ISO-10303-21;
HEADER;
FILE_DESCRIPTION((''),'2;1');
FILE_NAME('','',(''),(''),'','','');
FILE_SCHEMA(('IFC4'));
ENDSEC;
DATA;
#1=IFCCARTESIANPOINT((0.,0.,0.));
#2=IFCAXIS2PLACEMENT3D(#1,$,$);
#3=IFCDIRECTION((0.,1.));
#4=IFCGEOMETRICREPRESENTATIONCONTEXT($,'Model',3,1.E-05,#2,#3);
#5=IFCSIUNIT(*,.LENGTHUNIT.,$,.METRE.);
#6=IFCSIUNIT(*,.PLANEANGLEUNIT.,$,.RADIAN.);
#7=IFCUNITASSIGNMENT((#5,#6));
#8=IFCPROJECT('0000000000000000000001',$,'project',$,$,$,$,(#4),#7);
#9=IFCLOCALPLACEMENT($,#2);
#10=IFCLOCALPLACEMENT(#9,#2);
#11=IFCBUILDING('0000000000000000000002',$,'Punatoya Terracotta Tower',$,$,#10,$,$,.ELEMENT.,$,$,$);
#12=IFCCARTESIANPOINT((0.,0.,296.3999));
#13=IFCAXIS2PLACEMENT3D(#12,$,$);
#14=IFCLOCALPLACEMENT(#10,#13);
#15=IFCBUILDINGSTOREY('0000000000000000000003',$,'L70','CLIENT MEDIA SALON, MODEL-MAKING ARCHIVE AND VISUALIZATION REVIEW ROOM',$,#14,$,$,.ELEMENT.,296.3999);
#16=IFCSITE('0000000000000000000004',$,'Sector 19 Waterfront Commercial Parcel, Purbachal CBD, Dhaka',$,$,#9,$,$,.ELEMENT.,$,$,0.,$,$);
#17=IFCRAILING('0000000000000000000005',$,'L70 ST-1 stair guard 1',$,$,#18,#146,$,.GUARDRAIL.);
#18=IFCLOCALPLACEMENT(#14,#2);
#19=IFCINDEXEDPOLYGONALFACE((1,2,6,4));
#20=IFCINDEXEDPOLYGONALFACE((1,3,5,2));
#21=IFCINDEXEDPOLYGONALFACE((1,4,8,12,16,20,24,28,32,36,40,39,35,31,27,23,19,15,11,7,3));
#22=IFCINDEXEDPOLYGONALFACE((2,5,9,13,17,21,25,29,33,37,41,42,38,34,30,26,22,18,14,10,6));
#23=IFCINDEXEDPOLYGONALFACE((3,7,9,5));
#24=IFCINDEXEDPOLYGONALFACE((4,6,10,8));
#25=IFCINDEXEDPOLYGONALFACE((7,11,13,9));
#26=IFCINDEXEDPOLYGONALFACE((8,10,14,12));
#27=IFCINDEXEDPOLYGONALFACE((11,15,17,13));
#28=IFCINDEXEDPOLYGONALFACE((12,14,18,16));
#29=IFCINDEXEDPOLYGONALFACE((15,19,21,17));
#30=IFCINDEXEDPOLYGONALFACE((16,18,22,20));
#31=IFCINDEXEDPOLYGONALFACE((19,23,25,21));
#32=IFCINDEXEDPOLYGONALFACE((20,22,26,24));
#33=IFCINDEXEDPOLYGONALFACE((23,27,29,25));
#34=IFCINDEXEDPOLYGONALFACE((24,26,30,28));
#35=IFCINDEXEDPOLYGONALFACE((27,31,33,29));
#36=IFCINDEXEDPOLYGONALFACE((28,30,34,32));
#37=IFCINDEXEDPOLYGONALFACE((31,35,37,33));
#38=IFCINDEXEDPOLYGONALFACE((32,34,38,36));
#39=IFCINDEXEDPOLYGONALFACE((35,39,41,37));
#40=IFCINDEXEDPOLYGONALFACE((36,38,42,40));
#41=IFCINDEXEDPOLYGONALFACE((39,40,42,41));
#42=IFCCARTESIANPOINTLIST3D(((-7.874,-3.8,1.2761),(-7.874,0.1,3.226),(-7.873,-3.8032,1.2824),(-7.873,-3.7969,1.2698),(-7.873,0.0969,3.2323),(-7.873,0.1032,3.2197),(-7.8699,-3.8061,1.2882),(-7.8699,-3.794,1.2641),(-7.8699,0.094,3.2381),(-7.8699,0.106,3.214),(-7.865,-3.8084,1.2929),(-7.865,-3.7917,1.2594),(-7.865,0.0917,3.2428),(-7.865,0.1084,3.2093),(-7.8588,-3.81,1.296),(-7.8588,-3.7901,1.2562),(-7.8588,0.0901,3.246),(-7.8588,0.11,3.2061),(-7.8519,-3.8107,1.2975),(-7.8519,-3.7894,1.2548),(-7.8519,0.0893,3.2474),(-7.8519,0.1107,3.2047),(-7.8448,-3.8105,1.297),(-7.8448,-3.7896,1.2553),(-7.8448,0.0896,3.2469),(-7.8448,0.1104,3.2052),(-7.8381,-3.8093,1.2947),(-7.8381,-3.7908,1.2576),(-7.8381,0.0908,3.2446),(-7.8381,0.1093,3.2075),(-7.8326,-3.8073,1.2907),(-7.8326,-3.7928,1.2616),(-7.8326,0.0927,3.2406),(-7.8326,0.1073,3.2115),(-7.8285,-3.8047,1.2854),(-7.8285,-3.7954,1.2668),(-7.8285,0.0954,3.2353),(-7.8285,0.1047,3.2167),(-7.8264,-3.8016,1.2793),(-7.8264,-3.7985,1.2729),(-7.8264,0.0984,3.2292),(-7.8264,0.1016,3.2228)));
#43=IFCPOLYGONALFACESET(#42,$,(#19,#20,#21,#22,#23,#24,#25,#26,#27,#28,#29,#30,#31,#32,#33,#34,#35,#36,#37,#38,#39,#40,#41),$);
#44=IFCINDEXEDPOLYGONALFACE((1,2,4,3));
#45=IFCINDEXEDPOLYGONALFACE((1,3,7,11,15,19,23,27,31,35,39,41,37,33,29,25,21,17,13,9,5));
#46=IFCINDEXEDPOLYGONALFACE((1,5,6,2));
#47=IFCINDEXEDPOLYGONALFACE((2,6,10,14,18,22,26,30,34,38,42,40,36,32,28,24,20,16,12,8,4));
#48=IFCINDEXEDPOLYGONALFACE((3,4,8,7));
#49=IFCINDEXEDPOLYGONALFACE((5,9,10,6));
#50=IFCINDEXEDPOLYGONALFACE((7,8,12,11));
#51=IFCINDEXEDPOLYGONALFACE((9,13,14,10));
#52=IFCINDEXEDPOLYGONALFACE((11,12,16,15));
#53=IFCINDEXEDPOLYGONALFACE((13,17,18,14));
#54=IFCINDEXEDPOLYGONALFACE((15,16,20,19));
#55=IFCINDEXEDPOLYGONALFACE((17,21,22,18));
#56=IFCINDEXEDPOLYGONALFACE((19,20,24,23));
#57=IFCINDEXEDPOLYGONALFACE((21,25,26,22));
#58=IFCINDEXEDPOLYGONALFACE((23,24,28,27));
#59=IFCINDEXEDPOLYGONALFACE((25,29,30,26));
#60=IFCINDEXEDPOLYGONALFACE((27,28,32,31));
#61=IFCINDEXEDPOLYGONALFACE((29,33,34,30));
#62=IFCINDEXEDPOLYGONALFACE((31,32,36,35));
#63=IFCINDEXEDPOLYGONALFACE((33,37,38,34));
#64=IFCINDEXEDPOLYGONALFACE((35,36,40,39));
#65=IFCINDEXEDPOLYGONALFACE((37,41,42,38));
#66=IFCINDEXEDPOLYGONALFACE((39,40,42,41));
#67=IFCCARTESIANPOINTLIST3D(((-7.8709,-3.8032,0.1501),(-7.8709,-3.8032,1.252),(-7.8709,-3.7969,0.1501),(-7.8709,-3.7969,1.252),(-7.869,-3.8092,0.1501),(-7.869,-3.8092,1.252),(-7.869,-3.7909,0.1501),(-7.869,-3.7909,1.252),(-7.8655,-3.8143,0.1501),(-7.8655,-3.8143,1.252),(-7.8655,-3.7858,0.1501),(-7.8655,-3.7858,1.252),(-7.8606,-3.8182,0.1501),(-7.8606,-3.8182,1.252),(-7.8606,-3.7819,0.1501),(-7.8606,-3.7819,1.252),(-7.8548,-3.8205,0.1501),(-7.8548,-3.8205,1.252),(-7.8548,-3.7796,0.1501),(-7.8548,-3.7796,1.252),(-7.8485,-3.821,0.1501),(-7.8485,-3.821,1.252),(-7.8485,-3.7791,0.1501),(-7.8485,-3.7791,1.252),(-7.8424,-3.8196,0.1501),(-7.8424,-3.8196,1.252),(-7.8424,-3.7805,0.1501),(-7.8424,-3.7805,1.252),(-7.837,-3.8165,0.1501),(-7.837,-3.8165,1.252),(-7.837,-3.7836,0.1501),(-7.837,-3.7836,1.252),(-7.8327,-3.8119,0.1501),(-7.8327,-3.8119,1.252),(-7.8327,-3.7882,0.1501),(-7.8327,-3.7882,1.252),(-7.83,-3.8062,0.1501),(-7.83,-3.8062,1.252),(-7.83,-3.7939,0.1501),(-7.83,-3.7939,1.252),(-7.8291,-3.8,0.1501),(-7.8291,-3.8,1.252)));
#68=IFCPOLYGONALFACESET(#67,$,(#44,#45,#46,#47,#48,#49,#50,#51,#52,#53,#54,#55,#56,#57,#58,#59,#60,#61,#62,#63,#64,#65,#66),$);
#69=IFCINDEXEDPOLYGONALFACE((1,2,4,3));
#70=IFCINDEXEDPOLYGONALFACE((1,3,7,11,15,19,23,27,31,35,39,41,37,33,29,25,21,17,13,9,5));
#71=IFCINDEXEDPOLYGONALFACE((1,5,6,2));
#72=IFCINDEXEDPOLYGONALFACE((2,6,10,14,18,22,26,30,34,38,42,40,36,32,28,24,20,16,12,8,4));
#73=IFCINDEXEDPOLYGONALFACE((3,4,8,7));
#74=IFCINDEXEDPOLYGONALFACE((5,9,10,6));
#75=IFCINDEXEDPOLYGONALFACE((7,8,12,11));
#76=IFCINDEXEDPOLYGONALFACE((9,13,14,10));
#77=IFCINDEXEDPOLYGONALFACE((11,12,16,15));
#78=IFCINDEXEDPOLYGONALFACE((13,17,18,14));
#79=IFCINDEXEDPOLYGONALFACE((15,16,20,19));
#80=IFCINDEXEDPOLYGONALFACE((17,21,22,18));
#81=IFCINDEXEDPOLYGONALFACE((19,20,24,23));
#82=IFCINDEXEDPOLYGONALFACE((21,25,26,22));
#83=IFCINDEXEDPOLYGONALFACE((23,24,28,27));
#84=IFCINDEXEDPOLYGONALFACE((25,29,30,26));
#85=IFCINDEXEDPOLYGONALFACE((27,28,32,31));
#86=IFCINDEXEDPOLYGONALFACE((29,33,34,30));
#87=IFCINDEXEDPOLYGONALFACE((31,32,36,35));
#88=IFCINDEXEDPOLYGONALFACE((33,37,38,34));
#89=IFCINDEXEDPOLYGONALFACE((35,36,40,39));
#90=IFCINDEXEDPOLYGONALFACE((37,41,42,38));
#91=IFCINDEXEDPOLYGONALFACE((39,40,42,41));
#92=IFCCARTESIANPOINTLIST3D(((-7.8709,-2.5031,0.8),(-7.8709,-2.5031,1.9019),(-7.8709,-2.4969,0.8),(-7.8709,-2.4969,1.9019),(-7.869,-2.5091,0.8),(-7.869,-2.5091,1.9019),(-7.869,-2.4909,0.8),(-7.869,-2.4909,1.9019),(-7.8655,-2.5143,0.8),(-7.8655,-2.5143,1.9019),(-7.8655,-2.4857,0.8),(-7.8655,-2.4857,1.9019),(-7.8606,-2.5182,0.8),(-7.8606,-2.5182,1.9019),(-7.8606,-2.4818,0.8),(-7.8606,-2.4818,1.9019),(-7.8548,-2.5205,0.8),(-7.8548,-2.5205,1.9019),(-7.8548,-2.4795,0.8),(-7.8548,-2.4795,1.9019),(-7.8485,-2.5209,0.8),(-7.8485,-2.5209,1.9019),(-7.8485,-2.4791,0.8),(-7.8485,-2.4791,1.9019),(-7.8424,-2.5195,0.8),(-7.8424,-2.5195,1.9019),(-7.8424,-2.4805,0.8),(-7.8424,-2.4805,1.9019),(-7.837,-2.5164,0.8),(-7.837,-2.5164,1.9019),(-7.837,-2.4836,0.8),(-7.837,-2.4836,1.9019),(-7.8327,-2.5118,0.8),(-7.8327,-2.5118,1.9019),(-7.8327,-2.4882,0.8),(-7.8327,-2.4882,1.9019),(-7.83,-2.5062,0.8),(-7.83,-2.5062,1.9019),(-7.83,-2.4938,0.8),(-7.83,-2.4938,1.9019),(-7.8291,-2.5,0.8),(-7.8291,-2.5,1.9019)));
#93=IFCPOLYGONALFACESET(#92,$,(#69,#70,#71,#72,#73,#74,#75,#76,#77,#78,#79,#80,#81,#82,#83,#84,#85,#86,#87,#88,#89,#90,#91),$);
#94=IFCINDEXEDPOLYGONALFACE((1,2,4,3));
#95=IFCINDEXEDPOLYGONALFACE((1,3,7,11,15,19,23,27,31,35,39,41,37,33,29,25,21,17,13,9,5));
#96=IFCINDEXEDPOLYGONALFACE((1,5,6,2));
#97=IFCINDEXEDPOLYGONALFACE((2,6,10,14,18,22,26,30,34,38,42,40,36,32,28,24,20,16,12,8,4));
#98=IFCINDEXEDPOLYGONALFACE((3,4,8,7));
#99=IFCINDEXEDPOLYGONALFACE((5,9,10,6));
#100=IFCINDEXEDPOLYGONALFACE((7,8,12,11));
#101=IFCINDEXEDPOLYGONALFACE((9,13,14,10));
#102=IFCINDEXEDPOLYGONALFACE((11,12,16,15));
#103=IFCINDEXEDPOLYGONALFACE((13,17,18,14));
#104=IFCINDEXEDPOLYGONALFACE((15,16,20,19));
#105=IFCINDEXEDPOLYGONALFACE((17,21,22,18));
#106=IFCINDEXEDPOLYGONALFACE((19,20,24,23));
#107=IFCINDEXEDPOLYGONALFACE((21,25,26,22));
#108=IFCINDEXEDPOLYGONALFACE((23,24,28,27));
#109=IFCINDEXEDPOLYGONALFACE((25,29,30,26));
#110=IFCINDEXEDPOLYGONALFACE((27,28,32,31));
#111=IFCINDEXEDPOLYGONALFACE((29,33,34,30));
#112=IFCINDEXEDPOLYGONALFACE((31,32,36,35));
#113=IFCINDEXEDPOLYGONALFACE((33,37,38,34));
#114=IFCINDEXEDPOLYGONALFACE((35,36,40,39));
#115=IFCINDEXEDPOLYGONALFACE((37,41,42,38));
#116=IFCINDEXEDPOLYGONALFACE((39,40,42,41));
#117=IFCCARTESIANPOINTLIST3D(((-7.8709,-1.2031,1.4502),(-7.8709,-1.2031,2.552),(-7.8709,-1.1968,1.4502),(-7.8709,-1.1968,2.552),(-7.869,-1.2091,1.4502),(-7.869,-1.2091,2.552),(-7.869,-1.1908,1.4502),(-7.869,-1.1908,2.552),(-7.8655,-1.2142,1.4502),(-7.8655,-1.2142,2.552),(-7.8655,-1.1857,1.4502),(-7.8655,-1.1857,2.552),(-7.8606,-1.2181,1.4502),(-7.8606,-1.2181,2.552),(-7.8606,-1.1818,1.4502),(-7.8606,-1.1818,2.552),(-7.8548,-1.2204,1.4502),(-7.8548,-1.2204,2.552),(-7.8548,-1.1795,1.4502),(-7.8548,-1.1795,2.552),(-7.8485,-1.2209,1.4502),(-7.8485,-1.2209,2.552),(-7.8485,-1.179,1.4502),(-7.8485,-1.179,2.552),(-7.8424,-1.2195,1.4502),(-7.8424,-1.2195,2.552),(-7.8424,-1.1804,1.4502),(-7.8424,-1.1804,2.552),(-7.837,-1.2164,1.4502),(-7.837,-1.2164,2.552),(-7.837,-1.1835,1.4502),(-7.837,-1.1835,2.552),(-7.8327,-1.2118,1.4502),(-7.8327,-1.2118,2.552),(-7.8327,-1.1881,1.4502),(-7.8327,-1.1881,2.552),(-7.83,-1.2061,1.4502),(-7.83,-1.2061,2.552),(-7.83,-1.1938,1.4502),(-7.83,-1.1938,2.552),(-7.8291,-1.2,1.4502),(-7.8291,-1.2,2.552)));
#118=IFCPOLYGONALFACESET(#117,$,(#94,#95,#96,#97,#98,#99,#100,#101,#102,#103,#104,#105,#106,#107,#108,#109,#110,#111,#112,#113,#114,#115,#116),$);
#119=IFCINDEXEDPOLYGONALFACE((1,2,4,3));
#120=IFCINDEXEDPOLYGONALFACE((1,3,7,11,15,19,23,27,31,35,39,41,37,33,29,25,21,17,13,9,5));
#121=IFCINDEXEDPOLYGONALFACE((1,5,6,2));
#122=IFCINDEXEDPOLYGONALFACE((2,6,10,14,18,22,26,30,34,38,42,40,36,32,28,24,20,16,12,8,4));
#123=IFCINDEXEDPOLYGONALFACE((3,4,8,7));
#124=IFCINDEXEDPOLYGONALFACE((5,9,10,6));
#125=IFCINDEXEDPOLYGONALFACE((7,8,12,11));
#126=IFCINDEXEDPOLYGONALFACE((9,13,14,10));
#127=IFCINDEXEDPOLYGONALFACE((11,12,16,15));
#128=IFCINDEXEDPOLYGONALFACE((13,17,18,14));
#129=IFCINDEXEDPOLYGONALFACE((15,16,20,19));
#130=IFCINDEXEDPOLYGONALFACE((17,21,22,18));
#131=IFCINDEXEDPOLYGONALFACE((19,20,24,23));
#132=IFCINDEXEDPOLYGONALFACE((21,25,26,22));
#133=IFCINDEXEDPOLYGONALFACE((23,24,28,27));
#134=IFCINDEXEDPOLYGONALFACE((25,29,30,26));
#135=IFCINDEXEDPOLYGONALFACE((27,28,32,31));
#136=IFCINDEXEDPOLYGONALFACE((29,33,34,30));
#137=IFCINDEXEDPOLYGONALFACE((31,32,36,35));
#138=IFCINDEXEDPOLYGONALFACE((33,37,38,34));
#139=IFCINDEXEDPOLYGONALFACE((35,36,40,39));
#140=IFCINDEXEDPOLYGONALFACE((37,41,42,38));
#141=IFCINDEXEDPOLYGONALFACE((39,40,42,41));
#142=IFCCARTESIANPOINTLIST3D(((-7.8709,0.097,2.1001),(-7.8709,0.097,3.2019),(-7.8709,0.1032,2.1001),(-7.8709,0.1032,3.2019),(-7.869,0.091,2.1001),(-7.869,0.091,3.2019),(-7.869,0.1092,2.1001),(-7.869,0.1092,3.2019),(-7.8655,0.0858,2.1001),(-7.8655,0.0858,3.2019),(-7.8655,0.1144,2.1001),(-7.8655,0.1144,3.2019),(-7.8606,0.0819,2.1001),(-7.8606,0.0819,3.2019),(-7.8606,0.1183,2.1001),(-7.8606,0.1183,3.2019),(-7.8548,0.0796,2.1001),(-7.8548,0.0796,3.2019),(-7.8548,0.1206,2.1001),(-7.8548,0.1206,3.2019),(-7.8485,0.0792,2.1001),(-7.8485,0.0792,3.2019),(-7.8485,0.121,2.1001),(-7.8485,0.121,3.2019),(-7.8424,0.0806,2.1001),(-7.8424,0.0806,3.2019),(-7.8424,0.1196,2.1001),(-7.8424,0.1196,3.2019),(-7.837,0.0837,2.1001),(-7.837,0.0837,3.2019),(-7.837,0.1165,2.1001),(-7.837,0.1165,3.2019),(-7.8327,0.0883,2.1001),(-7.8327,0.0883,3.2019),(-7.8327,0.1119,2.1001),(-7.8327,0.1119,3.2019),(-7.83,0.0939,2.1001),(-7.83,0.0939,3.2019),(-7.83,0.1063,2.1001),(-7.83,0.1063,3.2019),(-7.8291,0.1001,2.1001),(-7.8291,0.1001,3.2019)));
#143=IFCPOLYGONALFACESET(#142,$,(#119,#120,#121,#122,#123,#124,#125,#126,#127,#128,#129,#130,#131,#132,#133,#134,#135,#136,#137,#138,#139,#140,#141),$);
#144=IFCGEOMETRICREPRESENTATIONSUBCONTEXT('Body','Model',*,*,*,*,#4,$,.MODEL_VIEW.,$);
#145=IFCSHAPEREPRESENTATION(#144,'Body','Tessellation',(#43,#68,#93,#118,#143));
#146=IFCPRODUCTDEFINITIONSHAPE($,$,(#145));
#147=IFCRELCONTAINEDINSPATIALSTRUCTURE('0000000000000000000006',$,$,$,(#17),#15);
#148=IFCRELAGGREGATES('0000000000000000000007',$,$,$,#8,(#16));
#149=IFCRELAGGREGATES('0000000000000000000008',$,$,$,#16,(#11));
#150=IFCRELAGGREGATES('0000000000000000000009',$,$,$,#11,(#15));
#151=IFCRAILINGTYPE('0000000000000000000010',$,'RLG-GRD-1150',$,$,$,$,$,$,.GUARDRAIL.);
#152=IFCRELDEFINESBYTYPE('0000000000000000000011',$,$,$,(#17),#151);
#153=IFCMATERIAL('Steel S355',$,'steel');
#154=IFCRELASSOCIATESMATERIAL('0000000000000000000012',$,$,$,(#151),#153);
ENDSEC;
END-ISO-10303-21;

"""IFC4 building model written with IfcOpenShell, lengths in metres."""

from ifc_helpers import new_model, si_unit, direction, frame, origin, origin_2d, place, context, subcontext, project, spatial, circle, extrude, material, type_object, element, save


model = new_model("IFC4")

# Units and contexts
model_context = context("Model", 3, precision=1e-05, world=origin(), true_north=direction((0.0, 1.0)))
body_context = subcontext(model_context, "Body", "Model", "MODEL_VIEW")
ifc_project = project(units=[si_unit("LENGTHUNIT", "METRE"), si_unit("PLANEANGLEUNIT", "RADIAN")], contexts=[model_context])

# Site, building, storey
site_placement = place(None, origin())
site = spatial("IfcSite", under=ifc_project, at=site_placement, Name="Sector 19 Waterfront Commercial Parcel, Purbachal CBD, Dhaka", CompositionType="ELEMENT", RefElevation=0.0)
building_placement = place(site_placement, origin())
building = spatial("IfcBuilding", under=site, at=building_placement, Name="Punatoya Terracotta Tower", CompositionType="ELEMENT")
storey_placement = place(building_placement, frame((0.0, 0.0, 296.3999)))
storey = spatial("IfcBuildingStorey", under=building, at=storey_placement, Name="L70", Description="CLIENT MEDIA SALON, MODEL-MAKING ARCHIVE AND VISUALIZATION REVIEW ROOM", CompositionType="ELEMENT", Elevation=296.3999)

# Shared definitions
ifc_material_1 = material(Name="Steel S355", Category="steel")

# Railing
railing_type_1 = type_object("IfcRailingType", Name="RLG-GRD-1150", PredefinedType="GUARDRAIL", material=ifc_material_1)
railing_1_placement = place(storey_placement, frame((-7.8501, -3.8, 0.1501)))
element("IfcRailing", 1, at=railing_1_placement, inside=storey, type_object=railing_type_1, Name="L70 ST-1 stair guard 1", PredefinedType="GUARDRAIL", context=body_context, shape_type="SweptSolid", body=[
    extrude(circle(Radius=0.0239, at=origin_2d()), frame((0.0, 0.0, 1.126), z_axis=(0.0, 0.894438, 0.447191), x_axis=(-1.0, 0.0, 0.0)), (0.0, 0.0, 1.0), 4.3604),
    extrude(circle(Radius=0.021, at=origin_2d()), origin(), (0.0, 0.0, 1.0), 1.1018),
    extrude(circle(Radius=0.021, at=origin_2d()), frame((0.0, 1.3, 0.6499)), (0.0, 0.0, 1.0), 1.1018),
    extrude(circle(Radius=0.021, at=origin_2d()), frame((0.0, 2.6001, 1.3)), (0.0, 0.0, 1.0), 1.1018),
    extrude(circle(Radius=0.021, at=origin_2d()), frame((0.0, 3.9001, 1.95)), (0.0, 0.0, 1.0), 1.1018),
])

save(model, "model.ifc")
